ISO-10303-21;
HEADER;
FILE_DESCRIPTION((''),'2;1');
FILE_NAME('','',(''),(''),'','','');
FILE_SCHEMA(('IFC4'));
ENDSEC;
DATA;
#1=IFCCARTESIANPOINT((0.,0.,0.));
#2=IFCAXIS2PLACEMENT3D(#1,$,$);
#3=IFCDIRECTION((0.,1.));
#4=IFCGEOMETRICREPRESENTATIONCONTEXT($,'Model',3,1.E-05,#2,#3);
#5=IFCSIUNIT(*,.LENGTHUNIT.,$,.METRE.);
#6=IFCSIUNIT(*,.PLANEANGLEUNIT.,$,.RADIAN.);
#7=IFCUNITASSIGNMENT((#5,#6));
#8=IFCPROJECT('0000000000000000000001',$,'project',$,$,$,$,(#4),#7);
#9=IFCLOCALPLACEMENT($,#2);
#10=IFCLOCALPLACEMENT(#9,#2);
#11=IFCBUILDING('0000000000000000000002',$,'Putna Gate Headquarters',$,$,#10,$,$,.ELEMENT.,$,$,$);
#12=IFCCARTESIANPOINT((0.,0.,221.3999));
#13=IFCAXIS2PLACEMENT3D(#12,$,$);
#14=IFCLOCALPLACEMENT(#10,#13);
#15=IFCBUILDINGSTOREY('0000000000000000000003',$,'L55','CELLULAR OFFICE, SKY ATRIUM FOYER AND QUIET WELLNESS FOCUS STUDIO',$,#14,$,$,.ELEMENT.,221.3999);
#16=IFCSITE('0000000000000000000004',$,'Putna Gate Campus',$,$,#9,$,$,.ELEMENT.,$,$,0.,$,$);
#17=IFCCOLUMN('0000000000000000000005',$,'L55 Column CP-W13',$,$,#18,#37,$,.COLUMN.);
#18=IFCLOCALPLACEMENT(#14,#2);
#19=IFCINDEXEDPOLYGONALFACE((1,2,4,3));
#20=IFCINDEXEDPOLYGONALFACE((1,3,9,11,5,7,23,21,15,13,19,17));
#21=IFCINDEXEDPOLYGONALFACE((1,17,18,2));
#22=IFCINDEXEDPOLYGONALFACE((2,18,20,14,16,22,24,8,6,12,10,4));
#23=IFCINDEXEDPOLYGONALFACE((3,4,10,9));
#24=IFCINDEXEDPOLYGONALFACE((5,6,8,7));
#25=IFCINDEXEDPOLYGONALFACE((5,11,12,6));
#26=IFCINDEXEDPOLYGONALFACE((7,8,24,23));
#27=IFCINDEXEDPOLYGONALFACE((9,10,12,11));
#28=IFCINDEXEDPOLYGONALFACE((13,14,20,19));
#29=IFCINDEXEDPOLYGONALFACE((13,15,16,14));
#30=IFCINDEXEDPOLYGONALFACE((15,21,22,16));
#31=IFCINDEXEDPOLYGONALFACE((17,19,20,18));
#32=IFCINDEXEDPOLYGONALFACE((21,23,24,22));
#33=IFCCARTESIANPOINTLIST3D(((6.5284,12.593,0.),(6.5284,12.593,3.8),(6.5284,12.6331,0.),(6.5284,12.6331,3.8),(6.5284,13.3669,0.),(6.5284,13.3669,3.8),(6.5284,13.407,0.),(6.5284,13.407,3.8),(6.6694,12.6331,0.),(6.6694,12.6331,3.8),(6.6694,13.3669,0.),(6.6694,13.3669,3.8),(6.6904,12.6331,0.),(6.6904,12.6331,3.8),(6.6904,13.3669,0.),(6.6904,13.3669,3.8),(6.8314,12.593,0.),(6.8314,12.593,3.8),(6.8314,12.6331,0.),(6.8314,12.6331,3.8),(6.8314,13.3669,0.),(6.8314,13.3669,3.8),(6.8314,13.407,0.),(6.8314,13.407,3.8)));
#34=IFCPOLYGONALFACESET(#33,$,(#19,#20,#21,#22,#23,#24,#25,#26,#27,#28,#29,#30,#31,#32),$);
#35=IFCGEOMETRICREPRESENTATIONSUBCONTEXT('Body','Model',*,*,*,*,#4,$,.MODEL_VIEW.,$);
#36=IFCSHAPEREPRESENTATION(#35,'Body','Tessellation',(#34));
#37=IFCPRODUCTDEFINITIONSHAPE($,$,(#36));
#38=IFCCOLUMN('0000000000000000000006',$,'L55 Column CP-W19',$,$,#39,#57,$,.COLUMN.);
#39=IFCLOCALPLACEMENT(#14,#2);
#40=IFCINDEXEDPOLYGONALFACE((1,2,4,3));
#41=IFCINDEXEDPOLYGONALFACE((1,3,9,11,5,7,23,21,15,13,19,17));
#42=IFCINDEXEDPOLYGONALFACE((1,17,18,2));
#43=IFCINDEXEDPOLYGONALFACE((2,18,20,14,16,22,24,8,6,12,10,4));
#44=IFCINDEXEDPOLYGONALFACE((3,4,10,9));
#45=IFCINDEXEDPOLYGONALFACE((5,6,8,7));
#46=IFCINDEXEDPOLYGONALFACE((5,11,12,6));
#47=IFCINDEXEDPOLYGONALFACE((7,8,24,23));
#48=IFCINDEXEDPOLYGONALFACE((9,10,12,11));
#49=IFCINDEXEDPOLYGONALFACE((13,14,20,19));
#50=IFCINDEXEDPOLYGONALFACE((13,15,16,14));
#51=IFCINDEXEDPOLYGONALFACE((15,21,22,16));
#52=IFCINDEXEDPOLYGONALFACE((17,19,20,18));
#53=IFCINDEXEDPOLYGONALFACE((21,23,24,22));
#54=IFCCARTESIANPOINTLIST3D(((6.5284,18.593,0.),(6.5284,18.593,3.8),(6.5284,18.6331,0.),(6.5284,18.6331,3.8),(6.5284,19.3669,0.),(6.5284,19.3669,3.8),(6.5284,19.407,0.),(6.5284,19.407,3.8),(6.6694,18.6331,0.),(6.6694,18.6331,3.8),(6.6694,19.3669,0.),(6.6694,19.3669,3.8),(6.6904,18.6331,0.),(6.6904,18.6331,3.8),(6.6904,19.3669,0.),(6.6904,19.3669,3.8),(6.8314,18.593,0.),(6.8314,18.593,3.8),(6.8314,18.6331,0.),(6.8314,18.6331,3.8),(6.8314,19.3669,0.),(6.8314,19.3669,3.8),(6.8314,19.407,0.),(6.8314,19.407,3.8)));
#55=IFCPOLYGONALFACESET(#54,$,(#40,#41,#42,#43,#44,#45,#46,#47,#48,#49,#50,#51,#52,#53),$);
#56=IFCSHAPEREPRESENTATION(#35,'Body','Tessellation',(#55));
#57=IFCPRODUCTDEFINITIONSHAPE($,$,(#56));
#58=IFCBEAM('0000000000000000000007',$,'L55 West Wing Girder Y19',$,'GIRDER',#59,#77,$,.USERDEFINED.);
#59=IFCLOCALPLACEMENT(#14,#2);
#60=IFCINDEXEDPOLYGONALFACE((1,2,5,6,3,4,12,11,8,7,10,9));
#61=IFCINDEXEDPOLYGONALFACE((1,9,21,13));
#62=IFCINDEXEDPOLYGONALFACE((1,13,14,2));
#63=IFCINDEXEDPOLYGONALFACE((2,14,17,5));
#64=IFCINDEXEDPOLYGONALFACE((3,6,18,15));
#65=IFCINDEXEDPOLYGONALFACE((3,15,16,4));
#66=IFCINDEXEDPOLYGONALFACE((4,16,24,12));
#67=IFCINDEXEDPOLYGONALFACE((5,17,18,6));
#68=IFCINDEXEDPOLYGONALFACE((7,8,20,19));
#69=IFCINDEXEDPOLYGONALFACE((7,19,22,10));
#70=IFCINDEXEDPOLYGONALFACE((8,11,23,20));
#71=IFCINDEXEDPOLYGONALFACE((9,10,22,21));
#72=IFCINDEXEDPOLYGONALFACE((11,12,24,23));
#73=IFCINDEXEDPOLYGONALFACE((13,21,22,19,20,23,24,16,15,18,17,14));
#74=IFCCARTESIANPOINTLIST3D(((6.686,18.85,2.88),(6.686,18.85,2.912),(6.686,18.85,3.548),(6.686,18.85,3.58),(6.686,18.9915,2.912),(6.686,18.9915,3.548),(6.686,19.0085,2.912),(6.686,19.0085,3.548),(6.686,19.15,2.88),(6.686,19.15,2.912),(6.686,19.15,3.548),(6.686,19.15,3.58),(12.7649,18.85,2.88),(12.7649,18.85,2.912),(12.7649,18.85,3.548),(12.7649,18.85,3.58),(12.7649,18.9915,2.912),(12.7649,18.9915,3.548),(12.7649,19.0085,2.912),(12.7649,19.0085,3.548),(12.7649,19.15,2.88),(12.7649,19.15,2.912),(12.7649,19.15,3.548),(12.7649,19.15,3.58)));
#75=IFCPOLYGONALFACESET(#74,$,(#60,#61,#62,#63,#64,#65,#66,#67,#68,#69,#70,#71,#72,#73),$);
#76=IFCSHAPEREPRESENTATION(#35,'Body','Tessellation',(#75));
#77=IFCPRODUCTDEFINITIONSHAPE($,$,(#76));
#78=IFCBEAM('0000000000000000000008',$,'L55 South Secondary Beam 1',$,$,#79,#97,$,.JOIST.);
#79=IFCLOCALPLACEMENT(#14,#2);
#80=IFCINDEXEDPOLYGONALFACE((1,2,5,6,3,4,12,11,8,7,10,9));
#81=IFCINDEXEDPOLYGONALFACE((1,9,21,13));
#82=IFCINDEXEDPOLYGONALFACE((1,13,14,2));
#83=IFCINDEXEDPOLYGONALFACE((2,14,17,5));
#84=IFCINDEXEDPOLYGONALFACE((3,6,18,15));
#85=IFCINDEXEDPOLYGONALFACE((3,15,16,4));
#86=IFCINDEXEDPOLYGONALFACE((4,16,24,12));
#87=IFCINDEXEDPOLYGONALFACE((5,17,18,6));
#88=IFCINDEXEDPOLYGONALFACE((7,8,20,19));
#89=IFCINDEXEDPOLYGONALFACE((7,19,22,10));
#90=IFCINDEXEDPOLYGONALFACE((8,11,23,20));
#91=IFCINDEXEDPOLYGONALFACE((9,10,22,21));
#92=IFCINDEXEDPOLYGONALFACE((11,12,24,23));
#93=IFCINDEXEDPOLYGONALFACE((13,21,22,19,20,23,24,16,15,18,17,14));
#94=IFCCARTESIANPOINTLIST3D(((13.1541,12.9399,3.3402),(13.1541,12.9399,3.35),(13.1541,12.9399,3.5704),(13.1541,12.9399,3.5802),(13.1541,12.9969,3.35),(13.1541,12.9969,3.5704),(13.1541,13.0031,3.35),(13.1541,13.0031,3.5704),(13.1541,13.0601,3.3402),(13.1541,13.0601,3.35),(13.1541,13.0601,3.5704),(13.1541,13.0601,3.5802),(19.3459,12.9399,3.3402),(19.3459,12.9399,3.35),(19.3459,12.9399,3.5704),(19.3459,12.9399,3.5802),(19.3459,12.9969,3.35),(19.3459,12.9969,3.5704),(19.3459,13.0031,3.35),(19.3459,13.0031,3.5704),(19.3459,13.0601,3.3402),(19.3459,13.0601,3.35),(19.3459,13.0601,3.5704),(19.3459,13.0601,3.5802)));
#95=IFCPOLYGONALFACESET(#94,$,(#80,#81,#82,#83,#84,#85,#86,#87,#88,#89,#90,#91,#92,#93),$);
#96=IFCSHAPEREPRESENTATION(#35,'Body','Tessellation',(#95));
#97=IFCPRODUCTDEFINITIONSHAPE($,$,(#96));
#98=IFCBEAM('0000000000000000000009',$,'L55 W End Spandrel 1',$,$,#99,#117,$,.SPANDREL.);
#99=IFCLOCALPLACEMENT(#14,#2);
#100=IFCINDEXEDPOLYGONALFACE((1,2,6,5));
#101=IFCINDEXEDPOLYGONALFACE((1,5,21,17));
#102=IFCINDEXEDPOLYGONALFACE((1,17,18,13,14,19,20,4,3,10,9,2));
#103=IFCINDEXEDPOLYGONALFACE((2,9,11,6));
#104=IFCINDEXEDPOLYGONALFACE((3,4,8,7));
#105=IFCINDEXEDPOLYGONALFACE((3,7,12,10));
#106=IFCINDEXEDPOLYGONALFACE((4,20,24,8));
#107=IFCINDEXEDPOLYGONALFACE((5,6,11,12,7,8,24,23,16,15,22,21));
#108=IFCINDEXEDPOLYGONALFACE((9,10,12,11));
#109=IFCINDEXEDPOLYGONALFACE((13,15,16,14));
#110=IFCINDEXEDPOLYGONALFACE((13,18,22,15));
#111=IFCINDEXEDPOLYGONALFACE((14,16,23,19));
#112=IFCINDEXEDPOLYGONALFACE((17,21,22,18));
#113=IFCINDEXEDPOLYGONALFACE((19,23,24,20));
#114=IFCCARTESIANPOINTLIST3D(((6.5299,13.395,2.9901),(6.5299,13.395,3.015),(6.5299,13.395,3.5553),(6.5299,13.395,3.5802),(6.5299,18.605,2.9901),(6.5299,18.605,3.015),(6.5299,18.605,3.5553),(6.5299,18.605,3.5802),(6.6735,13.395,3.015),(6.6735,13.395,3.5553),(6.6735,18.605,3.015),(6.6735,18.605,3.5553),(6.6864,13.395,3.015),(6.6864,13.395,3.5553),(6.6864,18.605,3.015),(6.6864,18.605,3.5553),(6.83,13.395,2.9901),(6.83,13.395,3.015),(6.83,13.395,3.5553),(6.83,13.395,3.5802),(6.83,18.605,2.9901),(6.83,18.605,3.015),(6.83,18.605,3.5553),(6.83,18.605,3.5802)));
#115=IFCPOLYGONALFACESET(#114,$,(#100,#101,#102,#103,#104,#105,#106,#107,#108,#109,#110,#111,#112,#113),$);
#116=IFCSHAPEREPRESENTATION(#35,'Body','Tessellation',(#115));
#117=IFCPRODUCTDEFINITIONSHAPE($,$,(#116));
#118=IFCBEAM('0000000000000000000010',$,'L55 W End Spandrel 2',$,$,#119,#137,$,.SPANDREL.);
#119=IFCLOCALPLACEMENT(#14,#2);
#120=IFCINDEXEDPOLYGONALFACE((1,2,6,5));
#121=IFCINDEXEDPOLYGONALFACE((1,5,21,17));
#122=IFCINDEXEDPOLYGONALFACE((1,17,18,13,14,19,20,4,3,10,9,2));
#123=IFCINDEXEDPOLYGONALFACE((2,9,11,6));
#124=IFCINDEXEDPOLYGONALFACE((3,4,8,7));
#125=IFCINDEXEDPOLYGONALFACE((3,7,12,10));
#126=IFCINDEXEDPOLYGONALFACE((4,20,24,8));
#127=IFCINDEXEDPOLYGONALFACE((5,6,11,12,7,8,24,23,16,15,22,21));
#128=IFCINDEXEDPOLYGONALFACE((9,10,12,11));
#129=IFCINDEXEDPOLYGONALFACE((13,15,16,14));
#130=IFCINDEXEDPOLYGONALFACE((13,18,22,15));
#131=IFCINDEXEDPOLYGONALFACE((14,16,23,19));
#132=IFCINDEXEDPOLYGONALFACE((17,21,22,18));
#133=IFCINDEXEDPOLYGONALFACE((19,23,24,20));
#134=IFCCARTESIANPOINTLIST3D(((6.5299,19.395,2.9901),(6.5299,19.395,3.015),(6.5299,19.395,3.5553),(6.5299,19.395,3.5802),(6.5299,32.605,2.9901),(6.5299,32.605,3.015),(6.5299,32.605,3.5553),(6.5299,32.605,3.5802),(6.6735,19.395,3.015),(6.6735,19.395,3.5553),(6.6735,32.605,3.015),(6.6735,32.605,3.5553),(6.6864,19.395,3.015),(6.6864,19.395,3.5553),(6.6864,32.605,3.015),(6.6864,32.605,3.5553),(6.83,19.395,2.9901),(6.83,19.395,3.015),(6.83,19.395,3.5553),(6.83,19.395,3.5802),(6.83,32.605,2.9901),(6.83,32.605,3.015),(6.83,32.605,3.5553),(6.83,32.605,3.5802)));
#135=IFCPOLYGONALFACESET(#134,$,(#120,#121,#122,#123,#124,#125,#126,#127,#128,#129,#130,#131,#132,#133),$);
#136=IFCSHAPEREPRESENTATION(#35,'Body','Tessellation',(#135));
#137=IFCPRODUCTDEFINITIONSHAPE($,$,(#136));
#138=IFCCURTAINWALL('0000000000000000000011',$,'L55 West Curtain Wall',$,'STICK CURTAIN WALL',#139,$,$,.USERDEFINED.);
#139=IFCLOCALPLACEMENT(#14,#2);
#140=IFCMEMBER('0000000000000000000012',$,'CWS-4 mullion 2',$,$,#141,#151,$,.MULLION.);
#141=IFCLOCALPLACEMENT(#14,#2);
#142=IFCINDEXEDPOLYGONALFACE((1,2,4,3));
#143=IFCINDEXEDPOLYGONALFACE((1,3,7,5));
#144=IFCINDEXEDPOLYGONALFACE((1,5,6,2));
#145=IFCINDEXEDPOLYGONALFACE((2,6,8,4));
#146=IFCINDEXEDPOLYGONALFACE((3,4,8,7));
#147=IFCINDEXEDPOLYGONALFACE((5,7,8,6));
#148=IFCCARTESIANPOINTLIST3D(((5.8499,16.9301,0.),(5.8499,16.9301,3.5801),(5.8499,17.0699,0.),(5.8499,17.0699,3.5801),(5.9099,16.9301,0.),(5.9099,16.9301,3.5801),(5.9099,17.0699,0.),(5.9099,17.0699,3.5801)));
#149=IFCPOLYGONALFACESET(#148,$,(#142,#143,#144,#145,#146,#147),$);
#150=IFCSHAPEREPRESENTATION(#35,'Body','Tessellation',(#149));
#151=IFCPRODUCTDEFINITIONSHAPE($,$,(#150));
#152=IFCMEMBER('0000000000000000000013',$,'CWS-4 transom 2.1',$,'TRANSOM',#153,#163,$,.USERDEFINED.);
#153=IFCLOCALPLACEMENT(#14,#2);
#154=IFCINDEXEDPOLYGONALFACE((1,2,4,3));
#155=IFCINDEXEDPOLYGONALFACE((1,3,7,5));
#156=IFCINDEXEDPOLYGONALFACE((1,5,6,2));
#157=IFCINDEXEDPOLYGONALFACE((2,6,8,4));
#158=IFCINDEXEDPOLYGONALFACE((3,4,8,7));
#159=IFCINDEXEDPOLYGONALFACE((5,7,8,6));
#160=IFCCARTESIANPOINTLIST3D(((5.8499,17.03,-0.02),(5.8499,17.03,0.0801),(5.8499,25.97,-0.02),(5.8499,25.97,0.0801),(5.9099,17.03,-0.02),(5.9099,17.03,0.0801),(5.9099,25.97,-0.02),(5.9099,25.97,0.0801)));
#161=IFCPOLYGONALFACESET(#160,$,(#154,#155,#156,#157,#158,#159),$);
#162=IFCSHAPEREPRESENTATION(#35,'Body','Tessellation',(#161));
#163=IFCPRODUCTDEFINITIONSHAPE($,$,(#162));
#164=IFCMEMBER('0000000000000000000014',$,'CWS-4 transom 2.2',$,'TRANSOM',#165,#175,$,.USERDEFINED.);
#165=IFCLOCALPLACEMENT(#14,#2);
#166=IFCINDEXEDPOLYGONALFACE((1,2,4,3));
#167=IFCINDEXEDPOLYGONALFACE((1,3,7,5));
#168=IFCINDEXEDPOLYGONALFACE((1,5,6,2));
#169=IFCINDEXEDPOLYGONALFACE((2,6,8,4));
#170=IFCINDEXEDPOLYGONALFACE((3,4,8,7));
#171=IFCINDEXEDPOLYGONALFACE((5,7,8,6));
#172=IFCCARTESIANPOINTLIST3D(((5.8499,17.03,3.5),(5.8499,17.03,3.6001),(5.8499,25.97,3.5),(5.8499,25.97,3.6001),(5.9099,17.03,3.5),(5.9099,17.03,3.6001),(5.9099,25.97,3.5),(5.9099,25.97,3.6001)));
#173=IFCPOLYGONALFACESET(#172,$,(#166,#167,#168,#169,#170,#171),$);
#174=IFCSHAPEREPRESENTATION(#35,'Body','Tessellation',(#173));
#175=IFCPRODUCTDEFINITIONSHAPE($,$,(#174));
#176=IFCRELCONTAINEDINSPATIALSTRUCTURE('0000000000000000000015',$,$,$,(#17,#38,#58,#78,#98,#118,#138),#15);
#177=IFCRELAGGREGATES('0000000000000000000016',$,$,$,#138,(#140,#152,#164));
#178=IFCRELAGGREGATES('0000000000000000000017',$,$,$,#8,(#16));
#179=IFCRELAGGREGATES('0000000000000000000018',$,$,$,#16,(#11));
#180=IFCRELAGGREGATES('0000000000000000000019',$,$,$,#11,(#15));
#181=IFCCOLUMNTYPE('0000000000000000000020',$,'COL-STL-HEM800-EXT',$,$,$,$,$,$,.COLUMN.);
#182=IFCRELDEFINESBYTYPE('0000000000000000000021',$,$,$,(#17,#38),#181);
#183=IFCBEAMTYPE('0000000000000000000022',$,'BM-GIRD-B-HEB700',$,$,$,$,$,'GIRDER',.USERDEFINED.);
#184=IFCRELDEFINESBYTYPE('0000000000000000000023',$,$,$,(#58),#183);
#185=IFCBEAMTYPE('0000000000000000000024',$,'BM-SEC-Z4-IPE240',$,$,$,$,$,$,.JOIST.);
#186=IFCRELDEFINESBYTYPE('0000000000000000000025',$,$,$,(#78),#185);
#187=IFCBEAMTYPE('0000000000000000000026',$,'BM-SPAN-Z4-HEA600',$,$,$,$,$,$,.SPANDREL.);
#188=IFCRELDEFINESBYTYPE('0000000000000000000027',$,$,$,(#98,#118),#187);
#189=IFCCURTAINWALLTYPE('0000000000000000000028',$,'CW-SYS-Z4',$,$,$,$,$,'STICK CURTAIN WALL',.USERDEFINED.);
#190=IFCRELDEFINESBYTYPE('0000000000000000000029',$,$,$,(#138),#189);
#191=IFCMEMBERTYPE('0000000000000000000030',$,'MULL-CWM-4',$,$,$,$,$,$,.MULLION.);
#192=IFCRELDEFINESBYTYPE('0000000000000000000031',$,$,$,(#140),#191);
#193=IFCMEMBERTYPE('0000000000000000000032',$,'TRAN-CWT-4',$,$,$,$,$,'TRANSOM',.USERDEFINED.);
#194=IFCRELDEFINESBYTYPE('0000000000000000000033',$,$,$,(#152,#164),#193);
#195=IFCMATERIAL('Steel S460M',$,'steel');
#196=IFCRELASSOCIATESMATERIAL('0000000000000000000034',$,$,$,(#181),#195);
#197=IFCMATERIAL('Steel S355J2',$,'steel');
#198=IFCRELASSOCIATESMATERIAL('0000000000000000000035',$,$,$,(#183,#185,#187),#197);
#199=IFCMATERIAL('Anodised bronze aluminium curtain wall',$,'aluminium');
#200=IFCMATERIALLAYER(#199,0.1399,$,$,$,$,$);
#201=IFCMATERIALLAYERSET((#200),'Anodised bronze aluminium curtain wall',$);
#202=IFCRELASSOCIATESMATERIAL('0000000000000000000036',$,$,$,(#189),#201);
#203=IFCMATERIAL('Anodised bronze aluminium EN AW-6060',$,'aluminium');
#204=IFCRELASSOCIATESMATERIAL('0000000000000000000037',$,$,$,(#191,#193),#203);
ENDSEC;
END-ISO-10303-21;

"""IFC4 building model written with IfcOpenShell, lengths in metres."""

from ifc_helpers import new_model, si_unit, direction, frame, origin, origin_2d, place, context, subcontext, project, spatial, rectangle, i_section, extrude, material, layer, layer_set, material_profile, profile_set, type_object, element, aggregate, save


model = new_model("IFC4")

# Units and contexts
model_context = context("Model", 3, precision=1e-05, world=origin(), true_north=direction((0.0, 1.0)))
body_context = subcontext(model_context, "Body", "Model", "MODEL_VIEW")
ifc_project = project(units=[si_unit("LENGTHUNIT", "METRE"), si_unit("PLANEANGLEUNIT", "RADIAN")], contexts=[model_context])

# Site, building, storey
site_placement = place(None, origin())
site = spatial("IfcSite", under=ifc_project, at=site_placement, Name="Putna Gate Campus", CompositionType="ELEMENT", RefElevation=0.0)
building_placement = place(site_placement, origin())
building = spatial("IfcBuilding", under=site, at=building_placement, Name="Putna Gate Headquarters", CompositionType="ELEMENT")
storey_placement = place(building_placement, frame((0.0, 0.0, 221.3999)))
storey = spatial("IfcBuildingStorey", under=building, at=storey_placement, Name="L55", Description="CELLULAR OFFICE, SKY ATRIUM FOYER AND QUIET WELLNESS FOCUS STUDIO", CompositionType="ELEMENT", Elevation=221.3999)

# Columns
ifc_material_1 = material(Name="Steel S460M", Category="steel")
ifc_material_profile_1 = material_profile(ifc_material_1, i_section(OverallWidth=0.303, OverallDepth=0.814, WebThickness=0.021, FlangeThickness=0.04, at=origin_2d()), Name="Steel S460M")
ifc_profile_set_1 = profile_set([ifc_material_profile_1], Name="Steel S460M")
column_type = type_object("IfcColumnType", Name="COL-STL-HEM800-EXT", PredefinedType="COLUMN", material=ifc_profile_set_1)
for number, where, z_axis, x_axis, name in (
    (1, (6.6799, 13.0, 0.0), (0.0, 0.0, 1.0), (1.0, 0.0, 0.0), "L55 Column CP-W13"),
    (2, (6.6799, 19.0, 0.0), (0.0, 0.0, 1.0), (1.0, 0.0, 0.0), "L55 Column CP-W19"),
):
    element("IfcColumn", number, at=place(storey_placement, frame(where, z_axis=z_axis, x_axis=x_axis)), inside=storey, type_object=column_type, Name=name, PredefinedType="COLUMN", context=body_context, shape_type="SweptSolid", body=[
        extrude(i_section(OverallWidth=0.303, OverallDepth=0.814, WebThickness=0.021, FlangeThickness=0.04, at=origin_2d()), origin(), (0.0, 0.0, 1.0), 3.8),
    ])

# Beams
ifc_material_2 = material(Name="Steel S355J2", Category="steel")
ifc_material_profile_2 = material_profile(ifc_material_2, i_section(OverallWidth=0.3, OverallDepth=0.7, WebThickness=0.0171, FlangeThickness=0.032, at=origin_2d()), Name="Steel S355J2")
ifc_profile_set_2 = profile_set([ifc_material_profile_2], Name="Steel S355J2")
beam_type_1 = type_object("IfcBeamType", Name="BM-GIRD-B-HEB700", ElementType="GIRDER", PredefinedType="USERDEFINED", material=ifc_profile_set_2)
beam_1_placement = place(storey_placement, frame((6.686, 19.0, 3.23), z_axis=(1.0, 0.0, 0.0), x_axis=(0.0, 1.0, 0.0)))
element("IfcBeam", 3, at=beam_1_placement, inside=storey, type_object=beam_type_1, Name="L55 West Wing Girder Y19", ObjectType="GIRDER", PredefinedType="USERDEFINED", context=body_context, shape_type="SweptSolid", body=[
    extrude(i_section(OverallWidth=0.3, OverallDepth=0.7, WebThickness=0.0171, FlangeThickness=0.032, at=origin_2d()), origin(), (0.0, 0.0, 1.0), 6.0789),
])
ifc_material_profile_3 = material_profile(ifc_material_2, i_section(OverallWidth=0.1201, OverallDepth=0.24, WebThickness=0.0061, FlangeThickness=0.0098, at=origin_2d()), Name="Steel S355J2")
ifc_profile_set_3 = profile_set([ifc_material_profile_3], Name="Steel S355J2")
beam_type_2 = type_object("IfcBeamType", Name="BM-SEC-Z4-IPE240", PredefinedType="JOIST", material=ifc_profile_set_3)
beam_2_placement = place(storey_placement, frame((13.1541, 13.0, 3.4602), z_axis=(1.0, 0.0, 0.0), x_axis=(0.0, 1.0, 0.0)))
element("IfcBeam", 4, at=beam_2_placement, inside=storey, type_object=beam_type_2, Name="L55 South Secondary Beam 1", PredefinedType="JOIST", context=body_context, shape_type="SweptSolid", body=[
    extrude(i_section(OverallWidth=0.1201, OverallDepth=0.24, WebThickness=0.0061, FlangeThickness=0.0098, at=origin_2d()), origin(), (0.0, 0.0, 1.0), 6.1919),
])
ifc_material_profile_4 = material_profile(ifc_material_2, i_section(OverallWidth=0.3, OverallDepth=0.5901, WebThickness=0.0129, FlangeThickness=0.0249, at=origin_2d()), Name="Steel S355J2")
ifc_profile_set_4 = profile_set([ifc_material_profile_4], Name="Steel S355J2")
beam_type_3 = type_object("IfcBeamType", Name="BM-SPAN-Z4-HEA600", PredefinedType="SPANDREL", material=ifc_profile_set_4)
beam_3_placement = place(storey_placement, frame((6.6799, 13.395, 3.2852), z_axis=(0.0, 1.0, 0.0), x_axis=(-1.0, 0.0, 0.0)))
element("IfcBeam", 5, at=beam_3_placement, inside=storey, type_object=beam_type_3, Name="L55 W End Spandrel 1", PredefinedType="SPANDREL", context=body_context, shape_type="SweptSolid", body=[
    extrude(i_section(OverallWidth=0.3, OverallDepth=0.5901, WebThickness=0.0129, FlangeThickness=0.0249, at=origin_2d()), origin(), (0.0, 0.0, 1.0), 5.21),
])
beam_4_placement = place(storey_placement, frame((6.6799, 19.395, 3.2852), z_axis=(0.0, 1.0, 0.0), x_axis=(-1.0, 0.0, 0.0)))
element("IfcBeam", 6, at=beam_4_placement, inside=storey, type_object=beam_type_3, Name="L55 W End Spandrel 2", PredefinedType="SPANDREL", context=body_context, shape_type="SweptSolid", body=[
    extrude(i_section(OverallWidth=0.3, OverallDepth=0.5901, WebThickness=0.0129, FlangeThickness=0.0249, at=origin_2d()), origin(), (0.0, 0.0, 1.0), 13.21),
])

# Curtain wall, members
ifc_material_3 = material(Name="Anodised bronze aluminium curtain wall", Category="aluminium")
ifc_layer_1 = layer(ifc_material_3, 0.1399)
ifc_layer_set_1 = layer_set([ifc_layer_1], Name="Anodised bronze aluminium curtain wall")
curtain_wall_type = type_object("IfcCurtainWallType", Name="CW-SYS-Z4", ElementType="STICK CURTAIN WALL", PredefinedType="USERDEFINED", material=ifc_layer_set_1)
curtain_wall_placement = place(storey_placement, origin())
curtain_wall = element("IfcCurtainWall", 7, at=curtain_wall_placement, inside=storey, type_object=curtain_wall_type, Name="L55 West Curtain Wall", ObjectType="STICK CURTAIN WALL", PredefinedType="USERDEFINED")
ifc_material_4 = material(Name="Anodised bronze aluminium EN AW-6060", Category="aluminium")
ifc_material_profile_5 = material_profile(ifc_material_4, rectangle(XDim=0.0601, YDim=0.1399, at=origin_2d()), Name="Anodised bronze aluminium EN AW-6060")
ifc_profile_set_5 = profile_set([ifc_material_profile_5], Name="Anodised bronze aluminium EN AW-6060")
member_type_1 = type_object("IfcMemberType", Name="MULL-CWM-4", PredefinedType="MULLION", material=ifc_profile_set_5)
member_1_placement = place(storey_placement, frame((5.8799, 17.0, 0.0), z_axis=(0.0, 0.0, 1.0), x_axis=(-1.0, 0.0, 0.0)))
member_1 = element("IfcMember", 8, at=member_1_placement, type_object=member_type_1, Name="CWS-4 mullion 2", PredefinedType="MULLION", context=body_context, shape_type="SweptSolid", body=[
    extrude(rectangle(XDim=0.0601, YDim=0.1399, at=origin_2d()), origin(), (0.0, 0.0, 1.0), 3.5801),
])
ifc_material_profile_6 = material_profile(ifc_material_4, rectangle(XDim=0.0601, YDim=0.1001, at=origin_2d()), Name="Anodised bronze aluminium EN AW-6060")
ifc_profile_set_6 = profile_set([ifc_material_profile_6], Name="Anodised bronze aluminium EN AW-6060")
member_type_2 = type_object("IfcMemberType", Name="TRAN-CWT-4", ElementType="TRANSOM", PredefinedType="USERDEFINED", material=ifc_profile_set_6)
member_2_placement = place(storey_placement, frame((5.8799, 17.03, 0.03), z_axis=(0.0, 1.0, 0.0), x_axis=(-1.0, 0.0, 0.0)))
member_2 = element("IfcMember", 9, at=member_2_placement, type_object=member_type_2, Name="CWS-4 transom 2.1", ObjectType="TRANSOM", PredefinedType="USERDEFINED", context=body_context, shape_type="SweptSolid", body=[
    extrude(rectangle(XDim=0.0601, YDim=0.1001, at=origin_2d()), origin(), (0.0, 0.0, 1.0), 8.9399),
])
member_3_placement = place(storey_placement, frame((5.8799, 17.03, 3.55), z_axis=(0.0, 1.0, 0.0), x_axis=(-1.0, 0.0, 0.0)))
member_3 = element("IfcMember", 10, at=member_3_placement, type_object=member_type_2, Name="CWS-4 transom 2.2", ObjectType="TRANSOM", PredefinedType="USERDEFINED", context=body_context, shape_type="SweptSolid", body=[
    extrude(rectangle(XDim=0.0601, YDim=0.1001, at=origin_2d()), origin(), (0.0, 0.0, 1.0), 8.9399),
])
aggregate(curtain_wall, [member_1, member_2, member_3])

save(model, "model.ifc")
